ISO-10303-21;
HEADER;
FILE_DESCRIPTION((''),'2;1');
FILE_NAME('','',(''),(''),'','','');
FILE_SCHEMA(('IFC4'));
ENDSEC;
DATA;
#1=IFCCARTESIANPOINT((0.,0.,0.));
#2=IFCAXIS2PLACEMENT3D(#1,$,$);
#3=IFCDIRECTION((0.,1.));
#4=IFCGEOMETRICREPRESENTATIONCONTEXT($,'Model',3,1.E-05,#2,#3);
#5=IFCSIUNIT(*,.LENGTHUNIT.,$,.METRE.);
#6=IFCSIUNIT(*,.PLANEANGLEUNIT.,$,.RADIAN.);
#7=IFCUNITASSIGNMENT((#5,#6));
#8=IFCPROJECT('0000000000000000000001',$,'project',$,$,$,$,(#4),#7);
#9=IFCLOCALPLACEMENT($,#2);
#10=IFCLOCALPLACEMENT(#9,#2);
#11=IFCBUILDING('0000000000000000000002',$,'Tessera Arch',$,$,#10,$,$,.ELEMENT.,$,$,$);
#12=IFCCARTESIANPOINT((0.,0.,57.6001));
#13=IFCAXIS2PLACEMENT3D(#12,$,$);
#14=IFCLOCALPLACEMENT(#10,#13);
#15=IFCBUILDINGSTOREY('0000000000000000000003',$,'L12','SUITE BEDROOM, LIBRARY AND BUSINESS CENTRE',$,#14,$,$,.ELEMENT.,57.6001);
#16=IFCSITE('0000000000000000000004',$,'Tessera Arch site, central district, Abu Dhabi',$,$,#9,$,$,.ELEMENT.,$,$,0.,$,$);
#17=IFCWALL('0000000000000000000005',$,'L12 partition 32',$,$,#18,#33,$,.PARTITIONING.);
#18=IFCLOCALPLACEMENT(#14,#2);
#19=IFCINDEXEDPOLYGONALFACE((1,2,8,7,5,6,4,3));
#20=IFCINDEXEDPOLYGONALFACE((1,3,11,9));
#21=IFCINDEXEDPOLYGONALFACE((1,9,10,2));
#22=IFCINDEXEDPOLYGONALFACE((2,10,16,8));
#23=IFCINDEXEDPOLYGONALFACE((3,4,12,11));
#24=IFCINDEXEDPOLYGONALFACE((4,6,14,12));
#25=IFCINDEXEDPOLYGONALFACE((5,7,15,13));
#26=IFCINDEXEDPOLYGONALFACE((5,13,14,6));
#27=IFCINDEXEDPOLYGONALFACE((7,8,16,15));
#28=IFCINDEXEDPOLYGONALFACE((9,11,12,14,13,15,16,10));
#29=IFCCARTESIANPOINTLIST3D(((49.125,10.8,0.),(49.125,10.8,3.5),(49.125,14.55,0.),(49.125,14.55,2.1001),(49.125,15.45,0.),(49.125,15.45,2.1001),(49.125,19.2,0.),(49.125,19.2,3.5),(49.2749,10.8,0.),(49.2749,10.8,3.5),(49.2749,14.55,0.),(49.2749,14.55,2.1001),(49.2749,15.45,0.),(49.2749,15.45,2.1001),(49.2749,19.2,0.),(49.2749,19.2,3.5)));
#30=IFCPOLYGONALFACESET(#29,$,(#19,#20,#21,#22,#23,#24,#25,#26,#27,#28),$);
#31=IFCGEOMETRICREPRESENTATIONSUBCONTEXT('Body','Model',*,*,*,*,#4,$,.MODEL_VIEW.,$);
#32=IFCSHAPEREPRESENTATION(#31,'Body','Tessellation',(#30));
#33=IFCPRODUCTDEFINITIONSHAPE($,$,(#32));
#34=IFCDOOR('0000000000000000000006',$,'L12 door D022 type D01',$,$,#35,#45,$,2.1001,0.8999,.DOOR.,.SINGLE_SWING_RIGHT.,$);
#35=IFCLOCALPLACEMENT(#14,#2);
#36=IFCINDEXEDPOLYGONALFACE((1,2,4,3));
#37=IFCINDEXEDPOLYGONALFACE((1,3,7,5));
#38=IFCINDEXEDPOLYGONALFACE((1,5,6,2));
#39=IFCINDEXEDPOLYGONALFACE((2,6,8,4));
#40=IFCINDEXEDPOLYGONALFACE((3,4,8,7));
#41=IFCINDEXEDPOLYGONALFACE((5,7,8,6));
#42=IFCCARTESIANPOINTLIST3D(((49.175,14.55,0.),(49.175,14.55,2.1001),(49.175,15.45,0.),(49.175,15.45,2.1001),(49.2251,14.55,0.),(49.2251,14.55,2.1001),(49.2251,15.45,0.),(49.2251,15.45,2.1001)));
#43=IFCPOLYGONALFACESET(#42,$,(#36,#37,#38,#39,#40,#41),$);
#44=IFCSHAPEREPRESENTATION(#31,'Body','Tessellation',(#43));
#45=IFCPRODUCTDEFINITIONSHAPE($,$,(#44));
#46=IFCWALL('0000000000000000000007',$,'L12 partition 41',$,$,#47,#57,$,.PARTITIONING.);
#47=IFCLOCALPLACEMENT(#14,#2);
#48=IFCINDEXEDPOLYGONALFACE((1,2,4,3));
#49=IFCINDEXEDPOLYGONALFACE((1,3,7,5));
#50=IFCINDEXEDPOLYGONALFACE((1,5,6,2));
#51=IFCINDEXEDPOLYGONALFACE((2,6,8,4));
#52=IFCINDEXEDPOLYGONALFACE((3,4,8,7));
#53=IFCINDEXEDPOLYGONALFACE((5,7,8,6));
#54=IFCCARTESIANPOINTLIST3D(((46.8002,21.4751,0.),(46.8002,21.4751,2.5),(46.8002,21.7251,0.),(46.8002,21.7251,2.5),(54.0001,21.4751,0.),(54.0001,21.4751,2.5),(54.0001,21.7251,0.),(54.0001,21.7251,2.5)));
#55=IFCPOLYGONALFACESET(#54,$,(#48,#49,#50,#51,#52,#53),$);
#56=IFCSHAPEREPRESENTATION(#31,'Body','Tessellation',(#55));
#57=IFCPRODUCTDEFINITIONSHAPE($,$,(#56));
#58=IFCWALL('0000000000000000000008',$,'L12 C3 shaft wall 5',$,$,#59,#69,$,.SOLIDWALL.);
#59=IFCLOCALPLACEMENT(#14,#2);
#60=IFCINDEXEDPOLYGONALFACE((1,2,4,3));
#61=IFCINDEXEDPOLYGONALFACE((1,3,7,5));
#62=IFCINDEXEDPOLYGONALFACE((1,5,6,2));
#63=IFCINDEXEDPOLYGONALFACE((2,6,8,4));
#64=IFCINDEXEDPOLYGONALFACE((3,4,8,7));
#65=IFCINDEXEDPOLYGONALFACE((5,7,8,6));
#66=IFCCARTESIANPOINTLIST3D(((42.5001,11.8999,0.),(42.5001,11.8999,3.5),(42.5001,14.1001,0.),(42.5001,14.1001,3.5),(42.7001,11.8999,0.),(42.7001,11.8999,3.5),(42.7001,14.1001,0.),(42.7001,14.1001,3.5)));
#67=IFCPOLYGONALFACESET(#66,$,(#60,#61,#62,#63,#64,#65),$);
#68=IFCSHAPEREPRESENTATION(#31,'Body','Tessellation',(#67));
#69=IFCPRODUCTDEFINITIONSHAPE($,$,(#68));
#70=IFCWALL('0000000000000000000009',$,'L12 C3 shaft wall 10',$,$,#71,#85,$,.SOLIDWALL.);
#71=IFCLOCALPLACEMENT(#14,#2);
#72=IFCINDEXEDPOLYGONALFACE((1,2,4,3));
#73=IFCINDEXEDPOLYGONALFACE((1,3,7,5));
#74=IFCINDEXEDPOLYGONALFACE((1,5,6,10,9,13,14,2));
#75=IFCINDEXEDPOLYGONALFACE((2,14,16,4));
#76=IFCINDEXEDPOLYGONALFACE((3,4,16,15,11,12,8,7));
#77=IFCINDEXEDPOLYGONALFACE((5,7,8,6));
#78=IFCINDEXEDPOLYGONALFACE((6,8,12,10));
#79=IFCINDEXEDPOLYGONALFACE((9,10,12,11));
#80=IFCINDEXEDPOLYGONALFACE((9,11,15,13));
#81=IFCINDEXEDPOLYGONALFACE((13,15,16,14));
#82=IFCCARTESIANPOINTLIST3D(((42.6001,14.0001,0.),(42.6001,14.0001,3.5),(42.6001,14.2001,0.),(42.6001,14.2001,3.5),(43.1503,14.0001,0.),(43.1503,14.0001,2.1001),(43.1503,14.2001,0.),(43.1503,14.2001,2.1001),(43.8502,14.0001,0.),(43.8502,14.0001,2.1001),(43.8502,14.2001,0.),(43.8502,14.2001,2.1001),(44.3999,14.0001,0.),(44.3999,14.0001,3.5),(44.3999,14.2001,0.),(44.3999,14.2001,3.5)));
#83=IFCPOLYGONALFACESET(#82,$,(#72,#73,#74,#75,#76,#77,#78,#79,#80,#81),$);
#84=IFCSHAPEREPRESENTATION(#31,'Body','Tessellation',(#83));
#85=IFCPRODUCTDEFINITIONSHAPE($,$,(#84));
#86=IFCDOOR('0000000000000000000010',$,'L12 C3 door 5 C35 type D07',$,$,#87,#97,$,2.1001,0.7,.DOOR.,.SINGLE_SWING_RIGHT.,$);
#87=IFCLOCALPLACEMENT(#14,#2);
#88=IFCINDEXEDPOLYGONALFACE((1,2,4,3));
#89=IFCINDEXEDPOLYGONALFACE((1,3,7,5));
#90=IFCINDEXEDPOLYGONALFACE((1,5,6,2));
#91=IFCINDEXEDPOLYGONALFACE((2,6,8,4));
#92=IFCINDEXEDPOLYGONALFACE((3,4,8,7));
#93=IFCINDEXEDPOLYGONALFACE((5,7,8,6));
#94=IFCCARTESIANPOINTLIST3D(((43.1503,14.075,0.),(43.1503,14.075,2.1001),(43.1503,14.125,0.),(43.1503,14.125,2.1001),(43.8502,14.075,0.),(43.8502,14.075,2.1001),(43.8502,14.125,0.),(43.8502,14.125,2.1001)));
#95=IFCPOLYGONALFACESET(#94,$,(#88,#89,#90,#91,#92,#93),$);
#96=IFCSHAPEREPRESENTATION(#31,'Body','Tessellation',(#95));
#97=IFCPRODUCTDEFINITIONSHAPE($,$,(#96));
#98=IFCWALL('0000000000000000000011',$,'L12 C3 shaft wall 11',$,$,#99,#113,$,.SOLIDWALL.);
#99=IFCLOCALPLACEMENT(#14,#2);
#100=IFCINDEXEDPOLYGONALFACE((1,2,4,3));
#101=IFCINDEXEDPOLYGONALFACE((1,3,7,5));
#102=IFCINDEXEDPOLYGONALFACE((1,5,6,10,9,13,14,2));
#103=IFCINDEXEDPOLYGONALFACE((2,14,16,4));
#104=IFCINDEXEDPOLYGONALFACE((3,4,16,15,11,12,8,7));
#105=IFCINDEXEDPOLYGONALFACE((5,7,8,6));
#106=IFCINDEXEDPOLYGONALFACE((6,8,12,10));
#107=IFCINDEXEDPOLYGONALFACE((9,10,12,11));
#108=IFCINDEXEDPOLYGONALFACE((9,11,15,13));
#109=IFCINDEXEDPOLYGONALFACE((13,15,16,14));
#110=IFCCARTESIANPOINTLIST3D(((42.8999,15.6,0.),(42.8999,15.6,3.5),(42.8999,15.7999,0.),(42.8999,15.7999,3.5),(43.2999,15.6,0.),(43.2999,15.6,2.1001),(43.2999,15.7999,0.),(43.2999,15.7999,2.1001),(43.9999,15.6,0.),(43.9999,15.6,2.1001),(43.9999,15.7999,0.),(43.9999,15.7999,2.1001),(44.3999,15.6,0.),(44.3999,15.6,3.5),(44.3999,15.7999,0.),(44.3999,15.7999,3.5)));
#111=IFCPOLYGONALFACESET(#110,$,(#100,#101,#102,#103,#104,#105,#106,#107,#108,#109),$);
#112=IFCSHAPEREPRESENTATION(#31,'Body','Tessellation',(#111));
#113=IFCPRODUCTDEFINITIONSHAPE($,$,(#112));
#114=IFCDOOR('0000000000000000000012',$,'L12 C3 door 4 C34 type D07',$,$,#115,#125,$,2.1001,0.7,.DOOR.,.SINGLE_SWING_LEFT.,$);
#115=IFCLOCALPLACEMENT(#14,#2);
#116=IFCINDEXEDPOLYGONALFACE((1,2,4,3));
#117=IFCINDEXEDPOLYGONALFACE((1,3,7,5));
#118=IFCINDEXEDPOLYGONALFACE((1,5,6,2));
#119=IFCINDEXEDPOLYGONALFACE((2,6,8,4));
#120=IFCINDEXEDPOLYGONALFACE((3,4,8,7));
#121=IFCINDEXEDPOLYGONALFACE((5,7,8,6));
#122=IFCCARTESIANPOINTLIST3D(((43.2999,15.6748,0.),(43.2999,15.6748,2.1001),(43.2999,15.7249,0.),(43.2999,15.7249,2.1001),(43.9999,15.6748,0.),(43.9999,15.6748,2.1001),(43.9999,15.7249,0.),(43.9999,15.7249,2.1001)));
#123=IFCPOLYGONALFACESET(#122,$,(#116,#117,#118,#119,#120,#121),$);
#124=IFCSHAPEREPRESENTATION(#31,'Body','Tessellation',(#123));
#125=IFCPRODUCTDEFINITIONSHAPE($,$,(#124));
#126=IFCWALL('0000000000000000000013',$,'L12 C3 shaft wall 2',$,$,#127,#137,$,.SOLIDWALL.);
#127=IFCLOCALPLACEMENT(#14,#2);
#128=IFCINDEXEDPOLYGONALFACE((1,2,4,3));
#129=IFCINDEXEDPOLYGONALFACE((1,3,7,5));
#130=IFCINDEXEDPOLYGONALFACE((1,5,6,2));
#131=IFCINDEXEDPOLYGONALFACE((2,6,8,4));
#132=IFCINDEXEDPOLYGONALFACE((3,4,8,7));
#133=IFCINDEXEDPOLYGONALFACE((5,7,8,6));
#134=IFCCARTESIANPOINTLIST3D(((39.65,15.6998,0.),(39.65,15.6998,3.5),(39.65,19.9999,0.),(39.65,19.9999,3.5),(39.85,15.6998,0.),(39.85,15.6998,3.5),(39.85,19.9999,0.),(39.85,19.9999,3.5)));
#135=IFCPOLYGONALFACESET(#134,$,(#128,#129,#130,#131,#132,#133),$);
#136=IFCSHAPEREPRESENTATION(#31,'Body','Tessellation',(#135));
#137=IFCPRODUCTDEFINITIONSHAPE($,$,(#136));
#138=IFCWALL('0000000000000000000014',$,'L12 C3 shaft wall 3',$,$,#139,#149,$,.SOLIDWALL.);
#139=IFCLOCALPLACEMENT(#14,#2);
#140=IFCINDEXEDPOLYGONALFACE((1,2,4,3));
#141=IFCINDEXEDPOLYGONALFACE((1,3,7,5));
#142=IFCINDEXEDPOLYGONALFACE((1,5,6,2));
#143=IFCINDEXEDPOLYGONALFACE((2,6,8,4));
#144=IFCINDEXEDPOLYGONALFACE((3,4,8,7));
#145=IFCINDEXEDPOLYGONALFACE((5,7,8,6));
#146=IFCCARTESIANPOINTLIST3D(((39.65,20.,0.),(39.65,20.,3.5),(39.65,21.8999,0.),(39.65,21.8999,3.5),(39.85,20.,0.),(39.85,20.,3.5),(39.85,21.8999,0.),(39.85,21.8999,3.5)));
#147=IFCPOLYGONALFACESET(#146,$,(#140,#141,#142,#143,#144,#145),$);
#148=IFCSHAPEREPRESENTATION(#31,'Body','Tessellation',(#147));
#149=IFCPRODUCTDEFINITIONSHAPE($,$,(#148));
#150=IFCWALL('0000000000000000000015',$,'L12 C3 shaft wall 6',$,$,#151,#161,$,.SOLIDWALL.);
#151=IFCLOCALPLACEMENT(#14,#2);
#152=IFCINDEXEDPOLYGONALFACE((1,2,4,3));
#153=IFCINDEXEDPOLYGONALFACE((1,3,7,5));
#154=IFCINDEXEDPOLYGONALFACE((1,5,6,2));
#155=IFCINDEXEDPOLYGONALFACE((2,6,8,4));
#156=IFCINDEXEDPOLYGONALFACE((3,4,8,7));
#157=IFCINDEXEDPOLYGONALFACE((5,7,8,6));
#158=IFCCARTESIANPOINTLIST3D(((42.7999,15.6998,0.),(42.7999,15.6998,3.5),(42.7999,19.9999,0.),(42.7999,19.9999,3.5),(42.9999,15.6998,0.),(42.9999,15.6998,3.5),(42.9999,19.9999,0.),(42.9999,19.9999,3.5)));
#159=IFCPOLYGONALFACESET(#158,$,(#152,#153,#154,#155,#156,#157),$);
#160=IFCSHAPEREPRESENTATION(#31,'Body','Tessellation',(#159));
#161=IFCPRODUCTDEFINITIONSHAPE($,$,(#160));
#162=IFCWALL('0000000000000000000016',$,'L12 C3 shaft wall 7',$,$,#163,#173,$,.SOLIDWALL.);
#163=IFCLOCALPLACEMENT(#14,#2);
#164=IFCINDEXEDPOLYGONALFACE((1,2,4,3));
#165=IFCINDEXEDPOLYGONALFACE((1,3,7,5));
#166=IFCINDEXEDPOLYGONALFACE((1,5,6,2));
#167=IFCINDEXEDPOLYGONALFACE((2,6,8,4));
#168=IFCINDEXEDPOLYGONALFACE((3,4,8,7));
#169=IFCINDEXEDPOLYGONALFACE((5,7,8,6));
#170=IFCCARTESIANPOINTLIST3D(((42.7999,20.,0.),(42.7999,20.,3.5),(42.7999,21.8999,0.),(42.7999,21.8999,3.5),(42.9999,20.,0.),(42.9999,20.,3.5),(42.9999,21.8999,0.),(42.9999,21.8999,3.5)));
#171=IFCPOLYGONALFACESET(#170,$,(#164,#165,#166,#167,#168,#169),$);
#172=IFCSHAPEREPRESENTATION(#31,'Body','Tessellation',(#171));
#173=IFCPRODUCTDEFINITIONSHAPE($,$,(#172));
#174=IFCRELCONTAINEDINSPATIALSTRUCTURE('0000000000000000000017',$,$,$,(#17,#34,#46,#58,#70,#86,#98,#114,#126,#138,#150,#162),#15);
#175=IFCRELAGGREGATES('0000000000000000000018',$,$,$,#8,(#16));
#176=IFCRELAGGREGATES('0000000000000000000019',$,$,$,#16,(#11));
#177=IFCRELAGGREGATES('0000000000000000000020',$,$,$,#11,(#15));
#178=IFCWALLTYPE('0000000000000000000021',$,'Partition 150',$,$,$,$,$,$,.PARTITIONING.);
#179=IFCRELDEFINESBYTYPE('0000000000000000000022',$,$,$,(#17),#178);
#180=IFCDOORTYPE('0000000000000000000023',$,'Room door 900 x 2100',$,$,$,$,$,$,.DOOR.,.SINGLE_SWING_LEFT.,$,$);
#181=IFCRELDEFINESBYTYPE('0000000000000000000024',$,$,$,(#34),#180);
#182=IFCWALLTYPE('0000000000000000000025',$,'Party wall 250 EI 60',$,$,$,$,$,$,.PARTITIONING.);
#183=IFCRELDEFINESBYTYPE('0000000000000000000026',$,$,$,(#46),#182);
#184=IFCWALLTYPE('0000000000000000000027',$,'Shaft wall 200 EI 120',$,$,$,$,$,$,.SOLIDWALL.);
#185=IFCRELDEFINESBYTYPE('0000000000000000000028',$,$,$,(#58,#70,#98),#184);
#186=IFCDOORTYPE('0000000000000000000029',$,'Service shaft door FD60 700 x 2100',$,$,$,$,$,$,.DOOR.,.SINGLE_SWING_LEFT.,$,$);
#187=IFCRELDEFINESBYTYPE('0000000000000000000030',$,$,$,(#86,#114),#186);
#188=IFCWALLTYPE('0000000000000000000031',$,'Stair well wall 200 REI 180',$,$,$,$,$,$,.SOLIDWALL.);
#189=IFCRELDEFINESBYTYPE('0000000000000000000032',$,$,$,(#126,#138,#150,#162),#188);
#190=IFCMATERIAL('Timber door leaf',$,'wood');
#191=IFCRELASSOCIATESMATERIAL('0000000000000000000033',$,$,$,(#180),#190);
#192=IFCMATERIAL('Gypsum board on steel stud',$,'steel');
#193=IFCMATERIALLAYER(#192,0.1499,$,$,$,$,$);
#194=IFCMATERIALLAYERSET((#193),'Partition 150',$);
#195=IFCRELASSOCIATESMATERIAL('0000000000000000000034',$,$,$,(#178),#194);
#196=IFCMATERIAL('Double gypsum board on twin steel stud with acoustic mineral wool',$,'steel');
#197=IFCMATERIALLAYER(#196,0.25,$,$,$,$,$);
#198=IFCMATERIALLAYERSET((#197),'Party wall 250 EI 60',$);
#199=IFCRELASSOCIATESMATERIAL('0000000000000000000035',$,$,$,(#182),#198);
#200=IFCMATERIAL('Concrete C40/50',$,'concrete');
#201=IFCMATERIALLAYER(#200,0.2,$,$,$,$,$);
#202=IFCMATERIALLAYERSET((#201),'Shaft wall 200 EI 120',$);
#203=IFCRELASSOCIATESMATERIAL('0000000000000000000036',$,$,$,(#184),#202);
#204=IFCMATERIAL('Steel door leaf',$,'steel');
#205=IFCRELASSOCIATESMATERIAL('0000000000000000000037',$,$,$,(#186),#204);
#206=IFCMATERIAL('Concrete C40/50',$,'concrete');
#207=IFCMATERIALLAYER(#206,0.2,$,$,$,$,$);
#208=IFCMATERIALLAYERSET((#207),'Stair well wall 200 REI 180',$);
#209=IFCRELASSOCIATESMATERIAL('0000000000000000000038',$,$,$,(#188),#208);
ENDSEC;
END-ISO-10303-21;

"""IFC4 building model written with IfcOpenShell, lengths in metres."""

from ifc_helpers import new_model, si_unit, direction, frame, frame_2d, origin, place, context, subcontext, project, spatial, rectangle, extrude, material, layer, layer_set, type_object, element, fill, save


model = new_model("IFC4")

# Units and contexts
model_context = context("Model", 3, precision=1e-05, world=origin(), true_north=direction((0.0, 1.0)))
body_context = subcontext(model_context, "Body", "Model", "MODEL_VIEW")
ifc_project = project(units=[si_unit("LENGTHUNIT", "METRE"), si_unit("PLANEANGLEUNIT", "RADIAN")], contexts=[model_context])

# Site, building, storey
site_placement = place(None, origin())
site = spatial("IfcSite", under=ifc_project, at=site_placement, Name="Tessera Arch site, central district, Abu Dhabi", CompositionType="ELEMENT", RefElevation=0.0)
building_placement = place(site_placement, origin())
building = spatial("IfcBuilding", under=site, at=building_placement, Name="Tessera Arch", CompositionType="ELEMENT")
storey_placement = place(building_placement, frame((0.0, 0.0, 57.6001)))
storey = spatial("IfcBuildingStorey", under=building, at=storey_placement, Name="L12", Description="SUITE BEDROOM, LIBRARY AND BUSINESS CENTRE", CompositionType="ELEMENT", Elevation=57.6001)

# Wall, opening, door
ifc_material_1 = material(Name="Timber door leaf", Category="wood")
door_type_1 = type_object("IfcDoorType", Name="Room door 900 x 2100", OperationType="SINGLE_SWING_LEFT", PredefinedType="DOOR", material=ifc_material_1)
ifc_material_2 = material(Name="Gypsum board on steel stud", Category="steel")
ifc_layer_1 = layer(ifc_material_2, 0.1499)
ifc_layer_set_1 = layer_set([ifc_layer_1], Name="Partition 150")
wall_type_1 = type_object("IfcWallType", Name="Partition 150", PredefinedType="PARTITIONING", material=ifc_layer_set_1)
wall_1_placement = place(storey_placement, frame((49.2, 10.8, 0.0), z_axis=(0.0, 0.0, 1.0), x_axis=(0.0, 1.0, 0.0)))
wall_1 = element("IfcWall", 1, at=wall_1_placement, inside=storey, type_object=wall_type_1, Name="L12 partition 32", PredefinedType="PARTITIONING", context=body_context, shape_type="SweptSolid", body=[
    extrude(rectangle(XDim=8.3999, YDim=0.1499, at=frame_2d((4.2, 0.0))), origin(), (0.0, 0.0, 1.0), 3.5),
])
opening_1_placement = place(wall_1_placement, frame((3.75, 0.0, 0.0)))
opening_1 = element("IfcOpeningElement", 2, at=opening_1_placement, cuts=wall_1, PredefinedType="OPENING", context=body_context, shape_type="SweptSolid", body=[
    extrude(rectangle(XDim=0.8999, YDim=2.1001, at=frame_2d((0.45, 1.05))), frame((0.0, 0.085, 0.0), z_axis=(0.0, -1.0, 0.0), x_axis=(1.0, 0.0, 0.0)), (0.0, 0.0, 1.0), 0.1699),
])
door_1_placement = place(opening_1_placement, origin())
door_1 = element("IfcDoor", 3, at=door_1_placement, inside=storey, type_object=door_type_1, Name="L12 door D022 type D01", OperationType="SINGLE_SWING_RIGHT", OverallHeight=2.1001, OverallWidth=0.8999, PredefinedType="DOOR", context=body_context, shape_type="SweptSolid", body=[
    extrude(rectangle(XDim=0.8999, YDim=2.1001, at=frame_2d((0.45, 1.05))), frame((0.0, 0.0249, 0.0), z_axis=(0.0, -1.0, 0.0), x_axis=(1.0, 0.0, 0.0)), (0.0, 0.0, 1.0), 0.05),
])
fill(opening_1, door_1)

# Walls
ifc_material_3 = material(Name="Double gypsum board on twin steel stud with acoustic mineral wool", Category="steel")
ifc_layer_2 = layer(ifc_material_3, 0.25)
ifc_layer_set_2 = layer_set([ifc_layer_2], Name="Party wall 250 EI 60")
wall_type_2 = type_object("IfcWallType", Name="Party wall 250 EI 60", PredefinedType="PARTITIONING", material=ifc_layer_set_2)
wall_2_placement = place(storey_placement, frame((46.8, 21.6001, 0.0), z_axis=(0.0, 0.0, 1.0), x_axis=(1.0, 0.0, 0.0)))
element("IfcWall", 4, at=wall_2_placement, inside=storey, type_object=wall_type_2, Name="L12 partition 41", PredefinedType="PARTITIONING", context=body_context, shape_type="SweptSolid", body=[
    extrude(rectangle(XDim=7.2, YDim=0.25, at=frame_2d((3.6001, 0.0))), origin(), (0.0, 0.0, 1.0), 2.5),
])
ifc_material_4 = material(Name="Concrete C40/50", Category="concrete")
ifc_layer_3 = layer(ifc_material_4, 0.2)
ifc_layer_set_3 = layer_set([ifc_layer_3], Name="Shaft wall 200 EI 120")
wall_type_3 = type_object("IfcWallType", Name="Shaft wall 200 EI 120", PredefinedType="SOLIDWALL", material=ifc_layer_set_3)
wall_3_placement = place(storey_placement, frame((42.6001, 11.8999, 0.0), z_axis=(0.0, 0.0, 1.0), x_axis=(0.0, 1.0, 0.0)))
element("IfcWall", 5, at=wall_3_placement, inside=storey, type_object=wall_type_3, Name="L12 C3 shaft wall 5", PredefinedType="SOLIDWALL", context=body_context, shape_type="SweptSolid", body=[
    extrude(rectangle(XDim=2.2002, YDim=0.2, at=frame_2d((1.1001, 0.0))), origin(), (0.0, 0.0, 1.0), 3.5),
])

# Walls, openings, doors
wall_4_placement = place(storey_placement, frame((42.6001, 14.1001, 0.0), z_axis=(0.0, 0.0, 1.0), x_axis=(1.0, 0.0, 0.0)))
wall_4 = element("IfcWall", 6, at=wall_4_placement, inside=storey, type_object=wall_type_3, Name="L12 C3 shaft wall 10", PredefinedType="SOLIDWALL", context=body_context, shape_type="SweptSolid", body=[
    extrude(rectangle(XDim=1.7998, YDim=0.2, at=frame_2d((0.8999, 0.0))), origin(), (0.0, 0.0, 1.0), 3.5),
])
opening_2_placement = place(wall_4_placement, frame((0.55, 0.0, 0.0)))
opening_2 = element("IfcOpeningElement", 7, at=opening_2_placement, cuts=wall_4, PredefinedType="OPENING", context=body_context, shape_type="SweptSolid", body=[
    extrude(rectangle(XDim=0.7, YDim=2.1001, at=frame_2d((0.3501, 1.05))), frame((0.0, 0.1099, 0.0), z_axis=(0.0, -1.0, 0.0), x_axis=(1.0, 0.0, 0.0)), (0.0, 0.0, 1.0), 0.22),
])
ifc_material_5 = material(Name="Steel door leaf", Category="steel")
door_type_2 = type_object("IfcDoorType", Name="Service shaft door FD60 700 x 2100", OperationType="SINGLE_SWING_LEFT", PredefinedType="DOOR", material=ifc_material_5)
door_2_placement = place(opening_2_placement, origin())
door_2 = element("IfcDoor", 8, at=door_2_placement, inside=storey, type_object=door_type_2, Name="L12 C3 door 5 C35 type D07", OperationType="SINGLE_SWING_RIGHT", OverallHeight=2.1001, OverallWidth=0.7, PredefinedType="DOOR", context=body_context, shape_type="SweptSolid", body=[
    extrude(rectangle(XDim=0.7, YDim=2.1001, at=frame_2d((0.3501, 1.05))), frame((0.0, 0.0249, 0.0), z_axis=(0.0, -1.0, 0.0), x_axis=(1.0, 0.0, 0.0)), (0.0, 0.0, 1.0), 0.05),
])
fill(opening_2, door_2)
wall_5_placement = place(storey_placement, frame((42.8999, 15.7, 0.0), z_axis=(0.0, 0.0, 1.0), x_axis=(1.0, 0.0, 0.0)))
wall_5 = element("IfcWall", 9, at=wall_5_placement, inside=storey, type_object=wall_type_3, Name="L12 C3 shaft wall 11", PredefinedType="SOLIDWALL", context=body_context, shape_type="SweptSolid", body=[
    extrude(rectangle(XDim=1.5, YDim=0.2, at=frame_2d((0.75, 0.0))), origin(), (0.0, 0.0, 1.0), 3.5),
])
opening_3_placement = place(wall_5_placement, frame((0.3999, 0.0, 0.0)))
opening_3 = element("IfcOpeningElement", 10, at=opening_3_placement, cuts=wall_5, PredefinedType="OPENING", context=body_context, shape_type="SweptSolid", body=[
    extrude(rectangle(XDim=0.7, YDim=2.1001, at=frame_2d((0.3501, 1.05))), frame((0.0, 0.1099, 0.0), z_axis=(0.0, -1.0, 0.0), x_axis=(1.0, 0.0, 0.0)), (0.0, 0.0, 1.0), 0.22),
])
door_3_placement = place(opening_3_placement, origin())
door_3 = element("IfcDoor", 11, at=door_3_placement, inside=storey, type_object=door_type_2, Name="L12 C3 door 4 C34 type D07", OperationType="SINGLE_SWING_LEFT", OverallHeight=2.1001, OverallWidth=0.7, PredefinedType="DOOR", context=body_context, shape_type="SweptSolid", body=[
    extrude(rectangle(XDim=0.7, YDim=2.1001, at=frame_2d((0.3501, 1.05))), frame((0.0, 0.0249, 0.0), z_axis=(0.0, -1.0, 0.0), x_axis=(1.0, 0.0, 0.0)), (0.0, 0.0, 1.0), 0.05),
])
fill(opening_3, door_3)

# Walls
ifc_material_6 = material(Name="Concrete C40/50", Category="concrete")
ifc_layer_4 = layer(ifc_material_6, 0.2)
ifc_layer_set_4 = layer_set([ifc_layer_4], Name="Stair well wall 200 REI 180")
wall_type_4 = type_object("IfcWallType", Name="Stair well wall 200 REI 180", PredefinedType="SOLIDWALL", material=ifc_layer_set_4)
wall_6_placement = place(storey_placement, frame((39.75, 15.7, 0.0), z_axis=(0.0, 0.0, 1.0), x_axis=(0.0, 1.0, 0.0)))
element("IfcWall", 12, at=wall_6_placement, inside=storey, type_object=wall_type_4, Name="L12 C3 shaft wall 2", PredefinedType="SOLIDWALL", context=body_context, shape_type="SweptSolid", body=[
    extrude(rectangle(XDim=4.3, YDim=0.2, at=frame_2d((2.1499, 0.0))), origin(), (0.0, 0.0, 1.0), 3.5),
])
wall_7_placement = place(storey_placement, frame((39.75, 20.0, 0.0), z_axis=(0.0, 0.0, 1.0), x_axis=(0.0, 1.0, 0.0)))
element("IfcWall", 13, at=wall_7_placement, inside=storey, type_object=wall_type_4, Name="L12 C3 shaft wall 3", PredefinedType="SOLIDWALL", context=body_context, shape_type="SweptSolid", body=[
    extrude(rectangle(XDim=1.8999, YDim=0.2, at=frame_2d((0.95, 0.0))), origin(), (0.0, 0.0, 1.0), 3.5),
])
wall_8_placement = place(storey_placement, frame((42.8999, 15.7, 0.0), z_axis=(0.0, 0.0, 1.0), x_axis=(0.0, 1.0, 0.0)))
element("IfcWall", 14, at=wall_8_placement, inside=storey, type_object=wall_type_4, Name="L12 C3 shaft wall 6", PredefinedType="SOLIDWALL", context=body_context, shape_type="SweptSolid", body=[
    extrude(rectangle(XDim=4.3, YDim=0.2, at=frame_2d((2.1499, 0.0))), origin(), (0.0, 0.0, 1.0), 3.5),
])
wall_9_placement = place(storey_placement, frame((42.8999, 20.0, 0.0), z_axis=(0.0, 0.0, 1.0), x_axis=(0.0, 1.0, 0.0)))
element("IfcWall", 15, at=wall_9_placement, inside=storey, type_object=wall_type_4, Name="L12 C3 shaft wall 7", PredefinedType="SOLIDWALL", context=body_context, shape_type="SweptSolid", body=[
    extrude(rectangle(XDim=1.8999, YDim=0.2, at=frame_2d((0.95, 0.0))), origin(), (0.0, 0.0, 1.0), 3.5),
])

save(model, "model.ifc")
